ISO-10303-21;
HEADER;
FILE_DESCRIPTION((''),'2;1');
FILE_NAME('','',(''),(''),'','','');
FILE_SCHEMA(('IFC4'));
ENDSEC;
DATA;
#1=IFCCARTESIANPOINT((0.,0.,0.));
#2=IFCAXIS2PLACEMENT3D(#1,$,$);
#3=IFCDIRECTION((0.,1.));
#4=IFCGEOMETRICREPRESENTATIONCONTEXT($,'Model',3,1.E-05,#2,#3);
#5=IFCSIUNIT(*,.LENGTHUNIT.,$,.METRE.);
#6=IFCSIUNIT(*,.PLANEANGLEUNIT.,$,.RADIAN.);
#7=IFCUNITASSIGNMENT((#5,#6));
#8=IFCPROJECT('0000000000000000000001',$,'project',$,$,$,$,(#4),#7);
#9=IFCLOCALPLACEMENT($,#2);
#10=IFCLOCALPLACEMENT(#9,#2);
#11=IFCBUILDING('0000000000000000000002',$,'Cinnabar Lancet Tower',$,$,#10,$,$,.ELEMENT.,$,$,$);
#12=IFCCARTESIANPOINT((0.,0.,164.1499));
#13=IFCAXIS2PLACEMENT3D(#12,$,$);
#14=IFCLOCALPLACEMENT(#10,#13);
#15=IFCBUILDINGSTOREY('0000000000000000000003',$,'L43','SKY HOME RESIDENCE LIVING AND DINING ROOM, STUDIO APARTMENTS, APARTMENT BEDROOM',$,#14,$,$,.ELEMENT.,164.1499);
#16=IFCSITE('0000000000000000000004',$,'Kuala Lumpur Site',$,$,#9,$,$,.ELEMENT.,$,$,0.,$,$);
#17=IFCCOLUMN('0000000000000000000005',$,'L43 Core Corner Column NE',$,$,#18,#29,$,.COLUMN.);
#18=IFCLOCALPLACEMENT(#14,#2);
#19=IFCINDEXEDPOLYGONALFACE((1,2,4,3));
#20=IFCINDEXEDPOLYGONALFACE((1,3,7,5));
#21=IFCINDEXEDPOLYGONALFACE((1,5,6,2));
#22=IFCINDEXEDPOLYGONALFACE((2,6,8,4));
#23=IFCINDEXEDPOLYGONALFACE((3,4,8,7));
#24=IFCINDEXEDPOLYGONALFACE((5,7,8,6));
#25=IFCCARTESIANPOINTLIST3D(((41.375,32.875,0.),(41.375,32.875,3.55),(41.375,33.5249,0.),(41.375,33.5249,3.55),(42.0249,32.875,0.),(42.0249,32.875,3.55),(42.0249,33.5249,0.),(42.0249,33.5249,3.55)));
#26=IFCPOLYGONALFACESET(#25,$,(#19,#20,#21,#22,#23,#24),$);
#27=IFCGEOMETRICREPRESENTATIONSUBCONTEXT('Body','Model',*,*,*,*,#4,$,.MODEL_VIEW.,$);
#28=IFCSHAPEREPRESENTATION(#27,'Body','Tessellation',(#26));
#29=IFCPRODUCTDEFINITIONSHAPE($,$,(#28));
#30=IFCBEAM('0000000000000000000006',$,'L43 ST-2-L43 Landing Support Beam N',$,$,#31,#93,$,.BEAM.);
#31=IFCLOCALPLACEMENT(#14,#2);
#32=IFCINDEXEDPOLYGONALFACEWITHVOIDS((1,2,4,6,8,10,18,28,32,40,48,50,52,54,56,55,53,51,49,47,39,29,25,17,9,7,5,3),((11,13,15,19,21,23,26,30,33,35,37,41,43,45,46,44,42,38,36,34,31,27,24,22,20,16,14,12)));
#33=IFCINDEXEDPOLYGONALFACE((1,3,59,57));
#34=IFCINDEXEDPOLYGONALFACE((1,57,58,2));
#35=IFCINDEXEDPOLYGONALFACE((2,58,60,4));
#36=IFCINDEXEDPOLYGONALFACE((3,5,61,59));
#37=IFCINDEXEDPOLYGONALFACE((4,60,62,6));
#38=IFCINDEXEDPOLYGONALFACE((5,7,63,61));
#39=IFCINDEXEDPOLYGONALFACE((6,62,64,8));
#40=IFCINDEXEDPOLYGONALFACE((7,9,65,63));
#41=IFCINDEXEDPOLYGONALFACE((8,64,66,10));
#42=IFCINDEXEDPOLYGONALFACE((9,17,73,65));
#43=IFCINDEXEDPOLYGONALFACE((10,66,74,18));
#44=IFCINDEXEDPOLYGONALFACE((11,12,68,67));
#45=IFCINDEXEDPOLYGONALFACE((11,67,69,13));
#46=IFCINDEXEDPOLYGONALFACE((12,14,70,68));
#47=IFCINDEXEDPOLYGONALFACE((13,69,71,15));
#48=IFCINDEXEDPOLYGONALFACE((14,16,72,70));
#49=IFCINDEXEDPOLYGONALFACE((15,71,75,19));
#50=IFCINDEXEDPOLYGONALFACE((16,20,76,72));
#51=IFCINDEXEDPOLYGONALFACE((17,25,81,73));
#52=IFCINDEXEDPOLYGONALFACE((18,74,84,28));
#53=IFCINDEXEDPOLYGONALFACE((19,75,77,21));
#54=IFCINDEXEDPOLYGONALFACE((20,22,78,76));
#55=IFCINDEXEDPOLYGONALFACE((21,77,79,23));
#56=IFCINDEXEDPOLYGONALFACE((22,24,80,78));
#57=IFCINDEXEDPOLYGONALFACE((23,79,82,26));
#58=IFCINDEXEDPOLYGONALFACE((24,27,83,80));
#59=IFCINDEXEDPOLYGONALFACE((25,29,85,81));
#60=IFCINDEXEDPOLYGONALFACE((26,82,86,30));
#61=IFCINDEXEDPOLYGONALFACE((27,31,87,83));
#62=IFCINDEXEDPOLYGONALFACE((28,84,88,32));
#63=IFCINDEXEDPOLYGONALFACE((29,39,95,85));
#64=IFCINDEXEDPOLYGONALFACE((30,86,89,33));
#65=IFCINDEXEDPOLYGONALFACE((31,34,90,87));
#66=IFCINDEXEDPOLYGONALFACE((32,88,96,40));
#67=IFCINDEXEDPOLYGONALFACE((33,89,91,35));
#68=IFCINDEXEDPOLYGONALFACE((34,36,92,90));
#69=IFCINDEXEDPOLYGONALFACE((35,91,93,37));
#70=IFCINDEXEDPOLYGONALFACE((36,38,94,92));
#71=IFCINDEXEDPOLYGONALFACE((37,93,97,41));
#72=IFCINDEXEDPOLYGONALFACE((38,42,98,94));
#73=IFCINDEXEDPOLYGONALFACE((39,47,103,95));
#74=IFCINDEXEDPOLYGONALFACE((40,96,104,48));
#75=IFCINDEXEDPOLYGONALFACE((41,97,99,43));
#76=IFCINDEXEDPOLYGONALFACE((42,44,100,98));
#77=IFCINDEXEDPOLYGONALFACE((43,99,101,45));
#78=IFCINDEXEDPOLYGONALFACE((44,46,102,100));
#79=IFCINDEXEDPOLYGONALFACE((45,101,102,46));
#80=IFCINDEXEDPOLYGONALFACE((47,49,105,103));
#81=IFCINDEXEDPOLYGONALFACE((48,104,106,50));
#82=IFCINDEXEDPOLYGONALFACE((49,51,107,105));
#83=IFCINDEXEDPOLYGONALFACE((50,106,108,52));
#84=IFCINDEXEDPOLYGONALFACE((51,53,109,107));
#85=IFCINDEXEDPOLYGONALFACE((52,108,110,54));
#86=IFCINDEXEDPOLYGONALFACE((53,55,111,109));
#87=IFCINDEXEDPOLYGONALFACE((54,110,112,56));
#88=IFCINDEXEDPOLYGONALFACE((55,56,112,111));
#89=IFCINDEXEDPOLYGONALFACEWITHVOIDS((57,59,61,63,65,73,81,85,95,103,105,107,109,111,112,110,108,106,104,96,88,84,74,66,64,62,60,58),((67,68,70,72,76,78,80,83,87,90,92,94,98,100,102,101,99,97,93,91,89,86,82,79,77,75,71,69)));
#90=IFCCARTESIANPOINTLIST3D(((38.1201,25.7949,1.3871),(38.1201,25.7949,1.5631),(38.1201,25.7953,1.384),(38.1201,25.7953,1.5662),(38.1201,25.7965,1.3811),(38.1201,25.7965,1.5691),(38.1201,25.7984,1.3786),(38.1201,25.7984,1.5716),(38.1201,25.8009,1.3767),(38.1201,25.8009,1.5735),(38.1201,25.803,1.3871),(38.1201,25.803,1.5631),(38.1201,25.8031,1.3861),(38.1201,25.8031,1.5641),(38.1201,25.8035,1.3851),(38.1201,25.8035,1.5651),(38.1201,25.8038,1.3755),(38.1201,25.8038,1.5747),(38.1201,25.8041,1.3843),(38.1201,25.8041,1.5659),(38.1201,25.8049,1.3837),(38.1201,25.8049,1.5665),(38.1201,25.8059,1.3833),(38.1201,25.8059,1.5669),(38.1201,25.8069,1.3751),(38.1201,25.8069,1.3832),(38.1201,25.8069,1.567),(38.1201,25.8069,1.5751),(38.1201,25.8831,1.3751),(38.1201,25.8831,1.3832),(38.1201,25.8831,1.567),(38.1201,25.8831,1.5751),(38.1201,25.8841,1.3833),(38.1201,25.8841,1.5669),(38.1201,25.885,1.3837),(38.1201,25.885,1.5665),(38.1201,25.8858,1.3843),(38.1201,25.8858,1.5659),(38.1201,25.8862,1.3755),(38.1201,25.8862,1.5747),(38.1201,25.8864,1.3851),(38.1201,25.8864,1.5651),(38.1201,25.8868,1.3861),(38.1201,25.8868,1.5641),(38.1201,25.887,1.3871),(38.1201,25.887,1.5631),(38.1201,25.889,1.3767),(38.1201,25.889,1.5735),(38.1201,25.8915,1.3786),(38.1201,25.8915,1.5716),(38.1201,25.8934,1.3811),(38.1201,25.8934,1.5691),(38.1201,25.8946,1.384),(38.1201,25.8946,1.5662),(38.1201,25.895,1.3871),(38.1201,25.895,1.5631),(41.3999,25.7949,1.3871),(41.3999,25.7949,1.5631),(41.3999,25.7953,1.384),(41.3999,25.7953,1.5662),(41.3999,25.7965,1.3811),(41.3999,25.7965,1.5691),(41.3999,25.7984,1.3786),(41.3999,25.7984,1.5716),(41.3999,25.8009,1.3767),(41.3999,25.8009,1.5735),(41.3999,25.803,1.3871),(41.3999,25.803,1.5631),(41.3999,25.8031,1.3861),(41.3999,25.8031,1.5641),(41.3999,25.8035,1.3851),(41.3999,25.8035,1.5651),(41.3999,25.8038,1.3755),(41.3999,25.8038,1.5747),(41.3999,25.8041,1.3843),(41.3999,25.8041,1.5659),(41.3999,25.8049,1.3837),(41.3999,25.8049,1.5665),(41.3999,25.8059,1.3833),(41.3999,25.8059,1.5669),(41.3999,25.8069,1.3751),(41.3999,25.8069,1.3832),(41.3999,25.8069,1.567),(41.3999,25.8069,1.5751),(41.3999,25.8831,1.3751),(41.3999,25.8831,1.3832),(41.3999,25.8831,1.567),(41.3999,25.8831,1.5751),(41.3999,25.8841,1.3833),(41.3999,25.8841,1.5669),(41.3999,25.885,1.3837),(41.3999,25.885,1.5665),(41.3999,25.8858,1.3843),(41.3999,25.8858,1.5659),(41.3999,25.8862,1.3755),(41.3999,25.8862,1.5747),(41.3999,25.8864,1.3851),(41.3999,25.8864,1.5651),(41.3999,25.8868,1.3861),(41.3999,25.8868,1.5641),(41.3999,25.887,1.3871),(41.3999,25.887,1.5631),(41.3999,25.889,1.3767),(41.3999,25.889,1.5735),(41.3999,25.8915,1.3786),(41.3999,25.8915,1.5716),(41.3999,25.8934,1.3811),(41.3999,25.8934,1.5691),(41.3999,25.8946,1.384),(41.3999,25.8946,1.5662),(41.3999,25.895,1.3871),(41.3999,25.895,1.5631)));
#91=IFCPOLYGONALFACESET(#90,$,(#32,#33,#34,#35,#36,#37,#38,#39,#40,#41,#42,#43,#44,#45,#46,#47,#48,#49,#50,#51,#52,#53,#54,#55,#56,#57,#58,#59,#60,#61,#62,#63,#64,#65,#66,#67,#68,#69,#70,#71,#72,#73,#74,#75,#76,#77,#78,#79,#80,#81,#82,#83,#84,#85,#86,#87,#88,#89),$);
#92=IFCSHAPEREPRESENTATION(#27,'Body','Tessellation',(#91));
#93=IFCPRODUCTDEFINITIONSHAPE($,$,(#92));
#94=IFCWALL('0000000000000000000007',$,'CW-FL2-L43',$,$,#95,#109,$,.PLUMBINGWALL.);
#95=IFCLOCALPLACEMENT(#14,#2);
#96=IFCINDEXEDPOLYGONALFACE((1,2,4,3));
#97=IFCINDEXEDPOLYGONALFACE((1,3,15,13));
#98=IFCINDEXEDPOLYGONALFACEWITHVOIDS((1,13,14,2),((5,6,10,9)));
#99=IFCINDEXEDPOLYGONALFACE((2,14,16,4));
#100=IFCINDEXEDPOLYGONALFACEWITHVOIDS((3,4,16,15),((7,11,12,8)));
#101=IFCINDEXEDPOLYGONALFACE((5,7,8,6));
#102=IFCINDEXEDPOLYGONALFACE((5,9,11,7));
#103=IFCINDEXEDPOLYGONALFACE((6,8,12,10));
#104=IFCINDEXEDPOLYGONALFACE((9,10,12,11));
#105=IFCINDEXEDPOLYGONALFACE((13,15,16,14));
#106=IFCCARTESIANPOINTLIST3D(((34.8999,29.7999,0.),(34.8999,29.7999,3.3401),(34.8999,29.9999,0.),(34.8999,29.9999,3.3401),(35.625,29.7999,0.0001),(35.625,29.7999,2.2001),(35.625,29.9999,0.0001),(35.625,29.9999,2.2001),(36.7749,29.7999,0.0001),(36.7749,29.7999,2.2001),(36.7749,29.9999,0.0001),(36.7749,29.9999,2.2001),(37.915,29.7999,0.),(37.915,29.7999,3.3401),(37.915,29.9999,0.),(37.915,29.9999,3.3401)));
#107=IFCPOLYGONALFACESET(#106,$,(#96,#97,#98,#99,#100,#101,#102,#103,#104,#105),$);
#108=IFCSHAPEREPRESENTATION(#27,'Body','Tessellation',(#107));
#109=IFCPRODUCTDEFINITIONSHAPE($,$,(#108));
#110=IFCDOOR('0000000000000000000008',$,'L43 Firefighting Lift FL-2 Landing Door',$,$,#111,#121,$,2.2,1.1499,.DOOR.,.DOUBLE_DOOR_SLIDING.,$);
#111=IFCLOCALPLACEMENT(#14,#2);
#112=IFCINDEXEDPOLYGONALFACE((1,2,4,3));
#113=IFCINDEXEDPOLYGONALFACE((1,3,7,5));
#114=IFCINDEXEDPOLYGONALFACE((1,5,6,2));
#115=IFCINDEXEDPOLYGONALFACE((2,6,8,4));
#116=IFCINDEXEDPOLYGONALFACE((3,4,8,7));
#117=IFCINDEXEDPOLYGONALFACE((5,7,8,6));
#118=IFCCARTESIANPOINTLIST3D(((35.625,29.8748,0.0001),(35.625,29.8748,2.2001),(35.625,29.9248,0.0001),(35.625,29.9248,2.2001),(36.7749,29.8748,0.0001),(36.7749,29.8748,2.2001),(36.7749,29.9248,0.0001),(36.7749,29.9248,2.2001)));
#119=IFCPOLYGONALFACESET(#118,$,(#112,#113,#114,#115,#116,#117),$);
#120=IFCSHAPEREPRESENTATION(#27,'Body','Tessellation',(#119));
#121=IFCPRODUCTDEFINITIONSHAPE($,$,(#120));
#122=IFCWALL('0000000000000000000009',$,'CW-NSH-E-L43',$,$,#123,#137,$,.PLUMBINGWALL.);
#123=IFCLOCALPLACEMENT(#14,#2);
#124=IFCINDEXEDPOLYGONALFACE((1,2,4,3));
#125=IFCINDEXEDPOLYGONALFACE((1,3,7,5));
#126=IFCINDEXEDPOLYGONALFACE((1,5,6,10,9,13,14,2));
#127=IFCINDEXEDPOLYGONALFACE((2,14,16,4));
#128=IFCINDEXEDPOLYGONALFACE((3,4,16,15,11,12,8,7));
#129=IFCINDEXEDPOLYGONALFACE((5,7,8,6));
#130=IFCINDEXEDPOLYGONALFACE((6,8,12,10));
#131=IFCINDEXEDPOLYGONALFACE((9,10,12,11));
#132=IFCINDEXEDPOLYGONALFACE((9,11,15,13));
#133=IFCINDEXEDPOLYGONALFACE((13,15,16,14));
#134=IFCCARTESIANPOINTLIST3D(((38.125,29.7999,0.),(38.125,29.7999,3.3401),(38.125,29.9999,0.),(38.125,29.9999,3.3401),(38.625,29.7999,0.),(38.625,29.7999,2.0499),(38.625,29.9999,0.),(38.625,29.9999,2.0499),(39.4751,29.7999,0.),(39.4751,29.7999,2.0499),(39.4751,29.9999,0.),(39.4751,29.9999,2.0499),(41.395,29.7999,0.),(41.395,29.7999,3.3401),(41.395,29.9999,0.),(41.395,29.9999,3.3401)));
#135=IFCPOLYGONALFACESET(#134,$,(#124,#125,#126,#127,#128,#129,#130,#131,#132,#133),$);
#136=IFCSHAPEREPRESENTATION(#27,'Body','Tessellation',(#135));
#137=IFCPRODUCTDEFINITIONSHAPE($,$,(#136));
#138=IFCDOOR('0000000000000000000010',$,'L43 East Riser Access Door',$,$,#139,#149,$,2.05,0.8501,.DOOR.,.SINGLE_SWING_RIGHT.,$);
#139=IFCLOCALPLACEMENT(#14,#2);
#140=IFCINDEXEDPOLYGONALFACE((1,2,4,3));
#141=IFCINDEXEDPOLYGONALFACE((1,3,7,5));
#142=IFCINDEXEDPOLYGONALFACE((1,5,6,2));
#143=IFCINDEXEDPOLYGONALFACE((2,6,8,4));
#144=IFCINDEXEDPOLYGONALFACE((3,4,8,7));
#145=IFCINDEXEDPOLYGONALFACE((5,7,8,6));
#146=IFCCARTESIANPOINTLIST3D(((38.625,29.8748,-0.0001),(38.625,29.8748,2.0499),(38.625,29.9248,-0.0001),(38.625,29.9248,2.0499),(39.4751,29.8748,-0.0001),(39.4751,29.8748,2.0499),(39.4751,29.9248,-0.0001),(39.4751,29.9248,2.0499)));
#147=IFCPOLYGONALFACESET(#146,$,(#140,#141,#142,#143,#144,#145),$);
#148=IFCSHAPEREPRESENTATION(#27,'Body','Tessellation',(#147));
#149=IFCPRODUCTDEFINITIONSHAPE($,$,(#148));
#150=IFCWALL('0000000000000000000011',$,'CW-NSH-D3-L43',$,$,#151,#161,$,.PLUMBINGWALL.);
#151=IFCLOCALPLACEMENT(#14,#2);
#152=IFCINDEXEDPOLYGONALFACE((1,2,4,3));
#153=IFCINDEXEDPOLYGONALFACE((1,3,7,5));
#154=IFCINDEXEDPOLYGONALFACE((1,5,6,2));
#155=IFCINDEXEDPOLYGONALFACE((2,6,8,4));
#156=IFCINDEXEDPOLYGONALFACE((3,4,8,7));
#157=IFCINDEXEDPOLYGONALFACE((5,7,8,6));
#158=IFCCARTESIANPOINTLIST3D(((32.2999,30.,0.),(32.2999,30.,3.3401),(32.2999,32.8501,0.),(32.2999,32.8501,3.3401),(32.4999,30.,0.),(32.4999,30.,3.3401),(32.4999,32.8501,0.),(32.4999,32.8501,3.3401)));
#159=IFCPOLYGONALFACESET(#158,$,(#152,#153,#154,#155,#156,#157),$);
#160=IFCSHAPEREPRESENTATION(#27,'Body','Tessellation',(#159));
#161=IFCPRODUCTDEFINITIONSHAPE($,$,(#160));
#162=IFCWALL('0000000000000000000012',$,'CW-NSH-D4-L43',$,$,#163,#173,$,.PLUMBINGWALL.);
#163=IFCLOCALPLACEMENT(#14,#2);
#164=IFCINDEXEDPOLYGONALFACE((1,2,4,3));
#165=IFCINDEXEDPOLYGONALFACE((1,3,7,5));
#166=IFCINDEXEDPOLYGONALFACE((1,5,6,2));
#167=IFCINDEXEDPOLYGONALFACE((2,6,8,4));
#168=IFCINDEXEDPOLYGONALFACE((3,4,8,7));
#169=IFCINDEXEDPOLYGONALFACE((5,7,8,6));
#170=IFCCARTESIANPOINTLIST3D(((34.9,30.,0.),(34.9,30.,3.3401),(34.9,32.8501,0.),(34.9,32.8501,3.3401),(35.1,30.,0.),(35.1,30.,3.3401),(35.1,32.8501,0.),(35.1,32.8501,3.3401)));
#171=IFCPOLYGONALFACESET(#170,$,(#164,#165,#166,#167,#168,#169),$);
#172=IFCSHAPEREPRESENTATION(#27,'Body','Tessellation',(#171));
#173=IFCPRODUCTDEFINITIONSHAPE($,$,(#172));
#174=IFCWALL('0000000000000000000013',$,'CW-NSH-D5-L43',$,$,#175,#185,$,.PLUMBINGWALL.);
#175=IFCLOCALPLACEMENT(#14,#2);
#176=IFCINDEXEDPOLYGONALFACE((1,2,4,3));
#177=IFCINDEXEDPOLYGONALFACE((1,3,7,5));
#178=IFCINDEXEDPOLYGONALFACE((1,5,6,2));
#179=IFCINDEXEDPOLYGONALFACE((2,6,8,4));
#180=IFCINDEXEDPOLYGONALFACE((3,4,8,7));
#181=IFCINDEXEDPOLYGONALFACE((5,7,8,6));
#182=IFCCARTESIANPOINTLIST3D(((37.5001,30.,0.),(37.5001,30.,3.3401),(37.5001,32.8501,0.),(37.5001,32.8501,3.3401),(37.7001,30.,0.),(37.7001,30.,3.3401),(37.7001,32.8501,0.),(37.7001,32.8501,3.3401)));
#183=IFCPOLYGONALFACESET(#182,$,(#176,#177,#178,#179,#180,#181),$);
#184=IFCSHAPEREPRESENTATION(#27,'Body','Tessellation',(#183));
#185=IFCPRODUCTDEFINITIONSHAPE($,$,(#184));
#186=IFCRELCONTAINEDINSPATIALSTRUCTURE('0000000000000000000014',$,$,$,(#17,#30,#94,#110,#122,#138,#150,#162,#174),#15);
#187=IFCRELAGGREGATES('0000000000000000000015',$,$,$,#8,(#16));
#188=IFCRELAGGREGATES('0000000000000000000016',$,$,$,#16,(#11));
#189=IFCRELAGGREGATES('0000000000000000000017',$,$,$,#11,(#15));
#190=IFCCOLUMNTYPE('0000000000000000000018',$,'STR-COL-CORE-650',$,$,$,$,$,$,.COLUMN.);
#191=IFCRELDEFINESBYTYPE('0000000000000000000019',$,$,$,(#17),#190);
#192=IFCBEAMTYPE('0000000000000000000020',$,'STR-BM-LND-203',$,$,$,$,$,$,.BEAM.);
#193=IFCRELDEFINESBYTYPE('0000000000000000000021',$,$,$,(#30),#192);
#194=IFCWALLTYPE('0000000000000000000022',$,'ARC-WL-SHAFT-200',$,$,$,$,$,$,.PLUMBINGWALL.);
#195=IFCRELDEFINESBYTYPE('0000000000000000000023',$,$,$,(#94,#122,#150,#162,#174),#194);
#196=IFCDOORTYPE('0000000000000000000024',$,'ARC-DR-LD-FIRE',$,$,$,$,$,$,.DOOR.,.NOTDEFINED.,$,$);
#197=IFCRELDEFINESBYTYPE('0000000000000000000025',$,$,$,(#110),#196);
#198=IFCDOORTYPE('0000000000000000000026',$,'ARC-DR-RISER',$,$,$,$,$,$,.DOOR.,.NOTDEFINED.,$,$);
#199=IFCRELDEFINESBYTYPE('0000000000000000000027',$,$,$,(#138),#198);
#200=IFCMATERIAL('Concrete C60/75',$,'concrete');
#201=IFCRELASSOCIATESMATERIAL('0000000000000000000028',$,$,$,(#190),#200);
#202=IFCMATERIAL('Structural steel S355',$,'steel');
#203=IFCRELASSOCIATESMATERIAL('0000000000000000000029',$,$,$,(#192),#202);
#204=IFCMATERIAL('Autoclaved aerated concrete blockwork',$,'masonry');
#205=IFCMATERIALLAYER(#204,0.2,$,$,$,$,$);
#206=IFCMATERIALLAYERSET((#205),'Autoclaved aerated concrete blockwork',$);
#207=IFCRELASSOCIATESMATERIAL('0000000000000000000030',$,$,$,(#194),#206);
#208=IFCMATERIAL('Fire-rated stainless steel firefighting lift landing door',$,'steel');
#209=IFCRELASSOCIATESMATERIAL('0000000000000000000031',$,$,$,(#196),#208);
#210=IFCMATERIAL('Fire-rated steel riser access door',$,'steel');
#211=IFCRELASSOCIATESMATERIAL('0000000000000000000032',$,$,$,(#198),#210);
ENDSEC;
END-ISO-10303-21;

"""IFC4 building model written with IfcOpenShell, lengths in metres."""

from ifc_helpers import new_model, si_unit, direction, frame, frame_2d, origin, origin_2d, place, context, subcontext, project, spatial, rectangle, hollow_rectangle, extrude, material, layer, layer_set, material_profile, profile_set, type_object, element, fill, save


model = new_model("IFC4")

# Units and contexts
model_context = context("Model", 3, precision=1e-05, world=origin(), true_north=direction((0.0, 1.0)))
body_context = subcontext(model_context, "Body", "Model", "MODEL_VIEW")
ifc_project = project(units=[si_unit("LENGTHUNIT", "METRE"), si_unit("PLANEANGLEUNIT", "RADIAN")], contexts=[model_context])

# Site, building, storey
site_placement = place(None, origin())
site = spatial("IfcSite", under=ifc_project, at=site_placement, Name="Kuala Lumpur Site", CompositionType="ELEMENT", RefElevation=0.0)
building_placement = place(site_placement, origin())
building = spatial("IfcBuilding", under=site, at=building_placement, Name="Cinnabar Lancet Tower", CompositionType="ELEMENT")
storey_placement = place(building_placement, frame((0.0, 0.0, 164.1499)))
storey = spatial("IfcBuildingStorey", under=building, at=storey_placement, Name="L43", Description="SKY HOME RESIDENCE LIVING AND DINING ROOM, STUDIO APARTMENTS, APARTMENT BEDROOM", CompositionType="ELEMENT", Elevation=164.1499)

# Column
ifc_material_1 = material(Name="Concrete C60/75", Category="concrete")
ifc_material_profile_1 = material_profile(ifc_material_1, rectangle(XDim=0.6499, YDim=0.6499, at=origin_2d()), Name="RC-COL 650x650")
ifc_profile_set_1 = profile_set([ifc_material_profile_1], Name="Concrete C60/75")
column_type = type_object("IfcColumnType", Name="STR-COL-CORE-650", PredefinedType="COLUMN", material=ifc_profile_set_1)
column_placement = place(storey_placement, frame((41.7, 33.2, 0.0), z_axis=(0.0, 0.0, 1.0), x_axis=(1.0, 0.0, 0.0)))
element("IfcColumn", 1, at=column_placement, inside=storey, type_object=column_type, Name="L43 Core Corner Column NE", PredefinedType="COLUMN", context=body_context, shape_type="SweptSolid", body=[
    extrude(rectangle(XDim=0.6499, YDim=0.6499, at=origin_2d()), origin(), (0.0, 0.0, 1.0), 3.55),
])

# Beam
ifc_material_2 = material(Name="Structural steel S355", Category="steel")
ifc_material_profile_2 = material_profile(ifc_material_2, hollow_rectangle(XDim=0.1001, YDim=0.2, WallThickness=0.0081, InnerFilletRadius=0.0039, OuterFilletRadius=0.012, at=origin_2d()), Name="RHS 200x100x8")
ifc_profile_set_2 = profile_set([ifc_material_profile_2], Name="Structural steel S355")
beam_type = type_object("IfcBeamType", Name="STR-BM-LND-203", PredefinedType="BEAM", material=ifc_profile_set_2)
beam_placement = place(storey_placement, frame((38.1201, 25.845, 1.4751), z_axis=(1.0, 0.0, 0.0), x_axis=(0.0, 1.0, 0.0)))
element("IfcBeam", 2, at=beam_placement, inside=storey, type_object=beam_type, Name="L43 ST-2-L43 Landing Support Beam N", PredefinedType="BEAM", context=body_context, shape_type="SweptSolid", body=[
    extrude(hollow_rectangle(XDim=0.1001, YDim=0.2, WallThickness=0.0081, InnerFilletRadius=0.0039, OuterFilletRadius=0.012, at=origin_2d()), origin(), (0.0, 0.0, 1.0), 3.2798),
])

# Walls, openings, doors
ifc_material_3 = material(Name="Autoclaved aerated concrete blockwork", Category="masonry")
ifc_layer = layer(ifc_material_3, 0.2)
ifc_layer_set = layer_set([ifc_layer], Name="Autoclaved aerated concrete blockwork")
wall_type = type_object("IfcWallType", Name="ARC-WL-SHAFT-200", PredefinedType="PLUMBINGWALL", material=ifc_layer_set)
wall_1_placement = place(storey_placement, frame((34.8999, 29.8999, 0.0), z_axis=(0.0, 0.0, 1.0), x_axis=(1.0, 0.0, 0.0)))
wall_1 = element("IfcWall", 3, at=wall_1_placement, inside=storey, type_object=wall_type, Name="CW-FL2-L43", PredefinedType="PLUMBINGWALL", context=body_context, shape_type="SweptSolid", body=[
    extrude(rectangle(XDim=3.0151, YDim=0.2, at=frame_2d((1.5076, 0.0))), origin(), (0.0, 0.0, 1.0), 3.3401),
])
opening_1_placement = place(wall_1_placement, frame((0.7251, 0.0, 0.0)))
opening_1 = element("IfcOpeningElement", 4, at=opening_1_placement, cuts=wall_1, PredefinedType="OPENING", context=body_context, shape_type="SweptSolid", body=[
    extrude(rectangle(XDim=1.1499, YDim=2.2, at=frame_2d((0.575, 1.1001))), frame((0.0, 0.1099, 0.0), z_axis=(0.0, -1.0, 0.0), x_axis=(1.0, 0.0, 0.0)), (0.0, 0.0, 1.0), 0.22),
])
ifc_material_4 = material(Name="Fire-rated stainless steel firefighting lift landing door", Category="steel")
door_type_1 = type_object("IfcDoorType", Name="ARC-DR-LD-FIRE", OperationType="NOTDEFINED", PredefinedType="DOOR", material=ifc_material_4)
door_1_placement = place(opening_1_placement, origin())
door_1 = element("IfcDoor", 5, at=door_1_placement, inside=storey, type_object=door_type_1, Name="L43 Firefighting Lift FL-2 Landing Door", OperationType="DOUBLE_DOOR_SLIDING", OverallHeight=2.2, OverallWidth=1.1499, PredefinedType="DOOR", context=body_context, shape_type="SweptSolid", body=[
    extrude(rectangle(XDim=1.1499, YDim=2.2, at=frame_2d((0.575, 1.1001))), frame((0.0, 0.0249, 0.0), z_axis=(0.0, -1.0, 0.0), x_axis=(1.0, 0.0, 0.0)), (0.0, 0.0, 1.0), 0.05),
])
fill(opening_1, door_1)
wall_2_placement = place(storey_placement, frame((38.125, 29.8999, 0.0), z_axis=(0.0, 0.0, 1.0), x_axis=(1.0, 0.0, 0.0)))
wall_2 = element("IfcWall", 6, at=wall_2_placement, inside=storey, type_object=wall_type, Name="CW-NSH-E-L43", PredefinedType="PLUMBINGWALL", context=body_context, shape_type="SweptSolid", body=[
    extrude(rectangle(XDim=3.27, YDim=0.2, at=frame_2d((1.635, 0.0))), origin(), (0.0, 0.0, 1.0), 3.3401),
])
opening_2_placement = place(wall_2_placement, frame((0.5, 0.0, 0.0)))
opening_2 = element("IfcOpeningElement", 7, at=opening_2_placement, cuts=wall_2, PredefinedType="OPENING", context=body_context, shape_type="SweptSolid", body=[
    extrude(rectangle(XDim=0.8501, YDim=2.05, at=frame_2d((0.425, 1.0249))), frame((0.0, 0.1099, 0.0), z_axis=(0.0, -1.0, 0.0), x_axis=(1.0, 0.0, 0.0)), (0.0, 0.0, 1.0), 0.22),
])
ifc_material_5 = material(Name="Fire-rated steel riser access door", Category="steel")
door_type_2 = type_object("IfcDoorType", Name="ARC-DR-RISER", OperationType="NOTDEFINED", PredefinedType="DOOR", material=ifc_material_5)
door_2_placement = place(opening_2_placement, origin())
door_2 = element("IfcDoor", 8, at=door_2_placement, inside=storey, type_object=door_type_2, Name="L43 East Riser Access Door", OperationType="SINGLE_SWING_RIGHT", OverallHeight=2.05, OverallWidth=0.8501, PredefinedType="DOOR", context=body_context, shape_type="SweptSolid", body=[
    extrude(rectangle(XDim=0.8501, YDim=2.05, at=frame_2d((0.425, 1.0249))), frame((0.0, 0.0249, 0.0), z_axis=(0.0, -1.0, 0.0), x_axis=(1.0, 0.0, 0.0)), (0.0, 0.0, 1.0), 0.05),
])
fill(opening_2, door_2)

# Walls
for number, where, z_axis, x_axis, name in (
    (9, (32.3999, 30.0, 0.0), (0.0, 0.0, 1.0), (0.0, 1.0, 0.0), "CW-NSH-D3-L43"),
    (10, (35.0, 30.0, 0.0), (0.0, 0.0, 1.0), (0.0, 1.0, 0.0), "CW-NSH-D4-L43"),
    (11, (37.6001, 30.0, 0.0), (0.0, 0.0, 1.0), (0.0, 1.0, 0.0), "CW-NSH-D5-L43"),
):
    element("IfcWall", number, at=place(storey_placement, frame(where, z_axis=z_axis, x_axis=x_axis)), inside=storey, type_object=wall_type, Name=name, PredefinedType="PLUMBINGWALL", context=body_context, shape_type="SweptSolid", body=[
        extrude(rectangle(XDim=2.8501, YDim=0.2, at=frame_2d((1.425, 0.0))), origin(), (0.0, 0.0, 1.0), 3.3401),
    ])

save(model, "model.ifc")
